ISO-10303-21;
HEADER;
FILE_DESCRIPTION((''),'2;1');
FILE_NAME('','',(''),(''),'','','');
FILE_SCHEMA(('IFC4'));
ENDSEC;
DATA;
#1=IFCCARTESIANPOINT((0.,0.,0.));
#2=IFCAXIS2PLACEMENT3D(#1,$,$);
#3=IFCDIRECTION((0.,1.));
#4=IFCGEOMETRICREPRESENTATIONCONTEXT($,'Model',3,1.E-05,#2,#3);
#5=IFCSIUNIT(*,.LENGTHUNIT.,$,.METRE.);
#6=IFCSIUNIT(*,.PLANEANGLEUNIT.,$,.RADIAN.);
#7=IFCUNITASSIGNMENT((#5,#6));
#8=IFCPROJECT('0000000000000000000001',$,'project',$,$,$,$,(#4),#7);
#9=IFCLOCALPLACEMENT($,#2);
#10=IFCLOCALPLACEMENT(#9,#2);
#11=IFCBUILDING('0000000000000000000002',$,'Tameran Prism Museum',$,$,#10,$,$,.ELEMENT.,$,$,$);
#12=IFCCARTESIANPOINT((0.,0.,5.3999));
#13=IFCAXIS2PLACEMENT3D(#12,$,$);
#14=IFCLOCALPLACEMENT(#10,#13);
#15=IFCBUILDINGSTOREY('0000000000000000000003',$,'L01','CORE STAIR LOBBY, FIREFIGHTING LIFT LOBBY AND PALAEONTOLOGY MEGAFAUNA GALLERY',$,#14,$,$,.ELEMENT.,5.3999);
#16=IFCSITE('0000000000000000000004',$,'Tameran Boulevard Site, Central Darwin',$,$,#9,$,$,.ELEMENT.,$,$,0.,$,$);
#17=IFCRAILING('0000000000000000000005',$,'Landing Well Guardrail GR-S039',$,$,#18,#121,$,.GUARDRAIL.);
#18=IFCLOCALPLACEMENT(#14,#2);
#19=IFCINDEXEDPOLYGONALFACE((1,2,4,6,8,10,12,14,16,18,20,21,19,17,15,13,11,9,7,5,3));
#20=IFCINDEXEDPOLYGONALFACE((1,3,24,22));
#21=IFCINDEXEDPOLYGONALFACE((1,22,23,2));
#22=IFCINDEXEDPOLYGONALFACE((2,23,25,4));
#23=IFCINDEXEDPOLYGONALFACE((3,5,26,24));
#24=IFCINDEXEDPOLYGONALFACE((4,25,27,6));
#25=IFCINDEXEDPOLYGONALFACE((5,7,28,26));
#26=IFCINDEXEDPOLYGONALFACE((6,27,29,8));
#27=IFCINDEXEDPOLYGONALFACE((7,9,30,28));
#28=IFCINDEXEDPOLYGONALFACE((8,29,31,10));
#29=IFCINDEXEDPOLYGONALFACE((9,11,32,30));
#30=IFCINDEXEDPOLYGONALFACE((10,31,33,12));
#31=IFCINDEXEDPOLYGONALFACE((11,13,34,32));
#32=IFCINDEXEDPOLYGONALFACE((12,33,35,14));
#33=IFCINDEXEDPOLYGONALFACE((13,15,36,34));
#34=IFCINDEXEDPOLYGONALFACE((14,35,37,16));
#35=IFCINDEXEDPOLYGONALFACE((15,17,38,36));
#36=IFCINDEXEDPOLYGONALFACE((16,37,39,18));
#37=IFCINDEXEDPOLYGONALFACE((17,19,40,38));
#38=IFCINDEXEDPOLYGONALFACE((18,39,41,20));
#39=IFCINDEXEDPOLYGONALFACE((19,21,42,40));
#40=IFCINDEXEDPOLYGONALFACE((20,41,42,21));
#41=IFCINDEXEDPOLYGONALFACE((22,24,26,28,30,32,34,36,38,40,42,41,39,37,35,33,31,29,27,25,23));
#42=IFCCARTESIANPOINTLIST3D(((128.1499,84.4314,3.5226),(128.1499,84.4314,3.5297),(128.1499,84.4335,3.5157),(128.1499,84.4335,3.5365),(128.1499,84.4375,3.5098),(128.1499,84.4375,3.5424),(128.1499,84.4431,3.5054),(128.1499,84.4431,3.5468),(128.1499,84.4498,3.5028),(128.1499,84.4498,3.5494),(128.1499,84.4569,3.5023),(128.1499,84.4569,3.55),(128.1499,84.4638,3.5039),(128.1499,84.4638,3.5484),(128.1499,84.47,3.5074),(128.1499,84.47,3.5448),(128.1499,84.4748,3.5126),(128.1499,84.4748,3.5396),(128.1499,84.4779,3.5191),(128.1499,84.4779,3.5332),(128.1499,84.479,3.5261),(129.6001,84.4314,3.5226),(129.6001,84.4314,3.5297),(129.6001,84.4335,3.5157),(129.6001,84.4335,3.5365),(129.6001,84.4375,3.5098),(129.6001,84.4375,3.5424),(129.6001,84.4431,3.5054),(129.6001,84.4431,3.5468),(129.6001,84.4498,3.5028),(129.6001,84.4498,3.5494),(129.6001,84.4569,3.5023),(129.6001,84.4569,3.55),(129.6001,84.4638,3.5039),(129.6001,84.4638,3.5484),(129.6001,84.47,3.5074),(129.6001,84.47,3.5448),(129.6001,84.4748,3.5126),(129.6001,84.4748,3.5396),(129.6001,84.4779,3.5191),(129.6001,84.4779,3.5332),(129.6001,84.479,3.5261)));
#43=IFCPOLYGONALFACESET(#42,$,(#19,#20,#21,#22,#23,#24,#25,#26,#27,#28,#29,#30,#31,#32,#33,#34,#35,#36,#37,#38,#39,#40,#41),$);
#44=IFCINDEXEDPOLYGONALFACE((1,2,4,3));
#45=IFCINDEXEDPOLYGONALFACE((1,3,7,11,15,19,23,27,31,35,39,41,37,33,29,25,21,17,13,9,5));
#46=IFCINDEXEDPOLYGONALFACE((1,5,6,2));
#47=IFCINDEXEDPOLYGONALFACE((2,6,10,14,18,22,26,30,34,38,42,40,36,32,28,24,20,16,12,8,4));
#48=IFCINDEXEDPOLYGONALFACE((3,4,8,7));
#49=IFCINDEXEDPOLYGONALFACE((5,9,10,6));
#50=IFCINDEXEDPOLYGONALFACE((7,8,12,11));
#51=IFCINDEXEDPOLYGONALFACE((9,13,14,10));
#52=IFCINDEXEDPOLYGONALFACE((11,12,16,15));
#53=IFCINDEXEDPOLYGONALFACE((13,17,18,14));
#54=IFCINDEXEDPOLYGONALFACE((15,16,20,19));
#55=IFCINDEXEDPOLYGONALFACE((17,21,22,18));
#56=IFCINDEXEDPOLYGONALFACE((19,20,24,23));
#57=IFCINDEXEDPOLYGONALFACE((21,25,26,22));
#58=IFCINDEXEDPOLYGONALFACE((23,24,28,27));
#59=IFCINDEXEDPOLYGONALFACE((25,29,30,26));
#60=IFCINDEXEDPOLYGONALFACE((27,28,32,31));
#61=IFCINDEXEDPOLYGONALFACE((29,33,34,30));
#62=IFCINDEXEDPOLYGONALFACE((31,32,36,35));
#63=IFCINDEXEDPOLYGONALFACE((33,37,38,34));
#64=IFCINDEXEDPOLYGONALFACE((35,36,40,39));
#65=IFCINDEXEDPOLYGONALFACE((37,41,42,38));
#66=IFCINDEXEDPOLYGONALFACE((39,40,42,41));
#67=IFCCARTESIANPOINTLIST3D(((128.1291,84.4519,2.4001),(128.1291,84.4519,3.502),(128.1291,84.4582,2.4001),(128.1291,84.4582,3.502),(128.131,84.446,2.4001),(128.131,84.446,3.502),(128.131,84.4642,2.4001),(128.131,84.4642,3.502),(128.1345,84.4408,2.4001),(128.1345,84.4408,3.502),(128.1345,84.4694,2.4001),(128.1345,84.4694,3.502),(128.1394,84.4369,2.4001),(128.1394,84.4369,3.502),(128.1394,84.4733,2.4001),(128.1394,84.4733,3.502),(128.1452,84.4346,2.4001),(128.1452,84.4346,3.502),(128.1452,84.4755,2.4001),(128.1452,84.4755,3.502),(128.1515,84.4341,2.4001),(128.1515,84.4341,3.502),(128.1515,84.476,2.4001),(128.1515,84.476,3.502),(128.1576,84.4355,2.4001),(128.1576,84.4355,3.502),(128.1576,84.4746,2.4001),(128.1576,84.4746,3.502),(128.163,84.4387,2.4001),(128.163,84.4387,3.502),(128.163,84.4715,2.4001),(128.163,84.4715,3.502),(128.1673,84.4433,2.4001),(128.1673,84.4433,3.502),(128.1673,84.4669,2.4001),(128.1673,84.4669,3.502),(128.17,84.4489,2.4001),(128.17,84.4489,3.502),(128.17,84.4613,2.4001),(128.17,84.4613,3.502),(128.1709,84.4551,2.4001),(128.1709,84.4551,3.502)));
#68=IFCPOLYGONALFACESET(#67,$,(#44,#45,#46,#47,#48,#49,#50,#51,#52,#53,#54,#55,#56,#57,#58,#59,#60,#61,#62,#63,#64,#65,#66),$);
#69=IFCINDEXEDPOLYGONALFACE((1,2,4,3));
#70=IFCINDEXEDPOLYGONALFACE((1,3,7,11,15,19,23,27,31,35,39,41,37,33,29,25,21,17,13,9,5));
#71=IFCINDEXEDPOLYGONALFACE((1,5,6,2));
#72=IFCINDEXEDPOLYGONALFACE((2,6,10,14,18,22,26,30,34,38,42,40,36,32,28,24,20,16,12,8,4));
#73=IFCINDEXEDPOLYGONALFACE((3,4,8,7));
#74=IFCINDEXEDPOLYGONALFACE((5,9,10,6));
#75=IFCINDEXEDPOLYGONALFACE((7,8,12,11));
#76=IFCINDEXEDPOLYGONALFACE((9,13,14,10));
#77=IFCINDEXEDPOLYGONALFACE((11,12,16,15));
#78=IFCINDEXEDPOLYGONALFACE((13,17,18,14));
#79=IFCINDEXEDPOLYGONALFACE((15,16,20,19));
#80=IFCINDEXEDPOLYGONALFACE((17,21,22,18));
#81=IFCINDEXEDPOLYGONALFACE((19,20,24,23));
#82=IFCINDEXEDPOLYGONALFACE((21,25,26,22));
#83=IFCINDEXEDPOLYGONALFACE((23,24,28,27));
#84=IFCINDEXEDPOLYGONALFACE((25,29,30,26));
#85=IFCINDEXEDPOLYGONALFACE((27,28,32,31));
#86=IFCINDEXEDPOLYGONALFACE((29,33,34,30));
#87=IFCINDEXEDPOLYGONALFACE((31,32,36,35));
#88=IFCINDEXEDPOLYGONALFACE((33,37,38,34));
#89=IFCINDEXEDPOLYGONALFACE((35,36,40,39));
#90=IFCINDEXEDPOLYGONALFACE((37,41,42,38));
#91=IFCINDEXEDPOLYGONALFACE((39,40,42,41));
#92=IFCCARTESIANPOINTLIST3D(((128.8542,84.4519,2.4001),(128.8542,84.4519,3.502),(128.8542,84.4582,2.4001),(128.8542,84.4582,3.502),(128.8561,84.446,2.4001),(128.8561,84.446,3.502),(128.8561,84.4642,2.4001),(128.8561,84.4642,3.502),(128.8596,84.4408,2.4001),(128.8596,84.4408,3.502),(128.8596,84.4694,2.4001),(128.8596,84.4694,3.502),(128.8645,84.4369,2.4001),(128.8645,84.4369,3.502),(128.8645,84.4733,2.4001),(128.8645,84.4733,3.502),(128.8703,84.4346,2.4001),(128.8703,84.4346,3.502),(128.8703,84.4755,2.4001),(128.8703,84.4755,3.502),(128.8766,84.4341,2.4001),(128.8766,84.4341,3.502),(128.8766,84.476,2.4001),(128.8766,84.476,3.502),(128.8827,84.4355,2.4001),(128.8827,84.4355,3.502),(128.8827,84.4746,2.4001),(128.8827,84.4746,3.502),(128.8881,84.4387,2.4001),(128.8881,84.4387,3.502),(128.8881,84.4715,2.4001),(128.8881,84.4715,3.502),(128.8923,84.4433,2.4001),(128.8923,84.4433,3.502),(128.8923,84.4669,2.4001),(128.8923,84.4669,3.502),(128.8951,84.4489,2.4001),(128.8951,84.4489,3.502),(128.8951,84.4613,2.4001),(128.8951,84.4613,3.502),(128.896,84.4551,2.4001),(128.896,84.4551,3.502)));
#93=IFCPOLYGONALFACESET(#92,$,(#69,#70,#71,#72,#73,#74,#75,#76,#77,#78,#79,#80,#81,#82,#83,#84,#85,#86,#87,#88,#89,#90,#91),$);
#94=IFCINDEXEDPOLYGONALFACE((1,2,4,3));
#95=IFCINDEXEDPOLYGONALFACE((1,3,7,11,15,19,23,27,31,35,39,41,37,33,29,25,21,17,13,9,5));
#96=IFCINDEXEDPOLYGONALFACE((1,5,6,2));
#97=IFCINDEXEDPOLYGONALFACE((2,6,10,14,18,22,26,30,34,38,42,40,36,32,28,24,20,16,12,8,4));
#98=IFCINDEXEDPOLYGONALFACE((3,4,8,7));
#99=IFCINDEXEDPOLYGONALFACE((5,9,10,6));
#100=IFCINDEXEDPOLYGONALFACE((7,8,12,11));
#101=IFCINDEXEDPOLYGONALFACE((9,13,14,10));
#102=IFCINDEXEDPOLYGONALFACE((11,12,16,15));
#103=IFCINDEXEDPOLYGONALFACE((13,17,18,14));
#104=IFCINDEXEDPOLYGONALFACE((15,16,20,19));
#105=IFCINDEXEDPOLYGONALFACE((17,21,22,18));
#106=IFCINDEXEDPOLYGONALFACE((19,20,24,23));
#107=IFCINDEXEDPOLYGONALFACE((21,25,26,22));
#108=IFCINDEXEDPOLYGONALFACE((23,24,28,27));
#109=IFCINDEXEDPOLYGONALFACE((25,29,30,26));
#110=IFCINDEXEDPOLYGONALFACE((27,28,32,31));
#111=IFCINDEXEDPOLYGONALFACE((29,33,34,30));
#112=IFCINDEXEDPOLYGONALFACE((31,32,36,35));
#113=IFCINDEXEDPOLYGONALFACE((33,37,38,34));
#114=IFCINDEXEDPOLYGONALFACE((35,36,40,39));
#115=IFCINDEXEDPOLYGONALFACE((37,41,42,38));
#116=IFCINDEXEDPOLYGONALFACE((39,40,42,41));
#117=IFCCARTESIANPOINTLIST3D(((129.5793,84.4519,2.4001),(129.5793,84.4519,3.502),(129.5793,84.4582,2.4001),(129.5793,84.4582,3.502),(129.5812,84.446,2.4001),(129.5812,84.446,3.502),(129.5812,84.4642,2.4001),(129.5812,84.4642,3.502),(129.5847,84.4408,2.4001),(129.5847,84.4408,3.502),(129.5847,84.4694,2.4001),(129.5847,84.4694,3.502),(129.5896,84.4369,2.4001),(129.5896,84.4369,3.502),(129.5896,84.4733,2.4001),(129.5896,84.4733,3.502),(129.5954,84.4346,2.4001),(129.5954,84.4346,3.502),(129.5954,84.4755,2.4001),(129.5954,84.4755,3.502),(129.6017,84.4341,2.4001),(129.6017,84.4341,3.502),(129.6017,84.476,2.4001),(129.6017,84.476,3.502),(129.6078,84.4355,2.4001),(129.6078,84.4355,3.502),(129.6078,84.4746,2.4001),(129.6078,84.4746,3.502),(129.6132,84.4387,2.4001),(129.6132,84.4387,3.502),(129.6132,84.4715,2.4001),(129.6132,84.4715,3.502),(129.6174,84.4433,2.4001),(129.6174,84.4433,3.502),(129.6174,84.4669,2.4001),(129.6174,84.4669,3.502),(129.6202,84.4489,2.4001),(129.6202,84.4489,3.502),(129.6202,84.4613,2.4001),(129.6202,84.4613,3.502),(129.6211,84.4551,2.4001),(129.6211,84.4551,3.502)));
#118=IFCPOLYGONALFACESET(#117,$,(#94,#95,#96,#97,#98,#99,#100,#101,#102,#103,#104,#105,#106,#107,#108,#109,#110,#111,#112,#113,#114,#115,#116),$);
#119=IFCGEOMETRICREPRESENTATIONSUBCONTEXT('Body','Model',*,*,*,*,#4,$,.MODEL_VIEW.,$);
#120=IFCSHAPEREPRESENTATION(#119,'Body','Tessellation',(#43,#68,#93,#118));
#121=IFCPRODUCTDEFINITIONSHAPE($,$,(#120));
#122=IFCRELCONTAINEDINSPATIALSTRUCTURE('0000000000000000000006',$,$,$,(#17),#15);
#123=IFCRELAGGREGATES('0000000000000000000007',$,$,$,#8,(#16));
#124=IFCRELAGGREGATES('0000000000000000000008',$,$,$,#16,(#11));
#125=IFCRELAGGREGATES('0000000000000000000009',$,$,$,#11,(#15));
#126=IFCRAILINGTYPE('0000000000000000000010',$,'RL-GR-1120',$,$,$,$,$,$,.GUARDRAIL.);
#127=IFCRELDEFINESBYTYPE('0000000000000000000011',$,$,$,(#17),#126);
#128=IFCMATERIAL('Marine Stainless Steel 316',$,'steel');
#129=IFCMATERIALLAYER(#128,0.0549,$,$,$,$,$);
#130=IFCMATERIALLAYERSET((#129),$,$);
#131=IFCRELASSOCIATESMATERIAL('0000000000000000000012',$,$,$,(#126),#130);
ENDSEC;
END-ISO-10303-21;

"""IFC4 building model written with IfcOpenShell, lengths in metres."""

from ifc_helpers import new_model, si_unit, direction, frame, origin, origin_2d, place, context, subcontext, project, spatial, circle, extrude, material, layer, layer_set, type_object, element, save


model = new_model("IFC4")

# Units and contexts
model_context = context("Model", 3, precision=1e-05, world=origin(), true_north=direction((0.0, 1.0)))
body_context = subcontext(model_context, "Body", "Model", "MODEL_VIEW")
ifc_project = project(units=[si_unit("LENGTHUNIT", "METRE"), si_unit("PLANEANGLEUNIT", "RADIAN")], contexts=[model_context])

# Site, building, storey
site_placement = place(None, origin())
site = spatial("IfcSite", under=ifc_project, at=site_placement, Name="Tameran Boulevard Site, Central Darwin", CompositionType="ELEMENT", RefElevation=0.0)
building_placement = place(site_placement, origin())
building = spatial("IfcBuilding", under=site, at=building_placement, Name="Tameran Prism Museum", CompositionType="ELEMENT")
storey_placement = place(building_placement, frame((0.0, 0.0, 5.3999)))
storey = spatial("IfcBuildingStorey", under=building, at=storey_placement, Name="L01", Description="CORE STAIR LOBBY, FIREFIGHTING LIFT LOBBY AND PALAEONTOLOGY MEGAFAUNA GALLERY", CompositionType="ELEMENT", Elevation=5.3999)

# Railing
ifc_material_1 = material(Name="Marine Stainless Steel 316", Category="steel")
ifc_layer_1 = layer(ifc_material_1, 0.0549)
ifc_layer_set_1 = layer_set([ifc_layer_1])
railing_type = type_object("IfcRailingType", Name="RL-GR-1120", PredefinedType="GUARDRAIL", material=ifc_layer_set_1)
railing_1_placement = place(storey_placement, frame((128.1499, 84.4551, 2.4001)))
element("IfcRailing", 1, at=railing_1_placement, inside=storey, type_object=railing_type, Name="Landing Well Guardrail GR-S039", PredefinedType="GUARDRAIL", context=body_context, shape_type="SweptSolid", body=[
    extrude(circle(Radius=0.0239, at=origin_2d()), frame((0.0, 0.0, 1.126), z_axis=(1.0, 0.0, 0.0), x_axis=(0.0, 1.0, 0.0)), (0.0, 0.0, 1.0), 1.4502),
    extrude(circle(Radius=0.021, at=origin_2d()), origin(), (0.0, 0.0, 1.0), 1.1018),
    extrude(circle(Radius=0.021, at=origin_2d()), frame((0.7251, 0.0, 0.0)), (0.0, 0.0, 1.0), 1.1018),
    extrude(circle(Radius=0.021, at=origin_2d()), frame((1.4502, 0.0, 0.0)), (0.0, 0.0, 1.0), 1.1018),
])

save(model, "model.ifc")
